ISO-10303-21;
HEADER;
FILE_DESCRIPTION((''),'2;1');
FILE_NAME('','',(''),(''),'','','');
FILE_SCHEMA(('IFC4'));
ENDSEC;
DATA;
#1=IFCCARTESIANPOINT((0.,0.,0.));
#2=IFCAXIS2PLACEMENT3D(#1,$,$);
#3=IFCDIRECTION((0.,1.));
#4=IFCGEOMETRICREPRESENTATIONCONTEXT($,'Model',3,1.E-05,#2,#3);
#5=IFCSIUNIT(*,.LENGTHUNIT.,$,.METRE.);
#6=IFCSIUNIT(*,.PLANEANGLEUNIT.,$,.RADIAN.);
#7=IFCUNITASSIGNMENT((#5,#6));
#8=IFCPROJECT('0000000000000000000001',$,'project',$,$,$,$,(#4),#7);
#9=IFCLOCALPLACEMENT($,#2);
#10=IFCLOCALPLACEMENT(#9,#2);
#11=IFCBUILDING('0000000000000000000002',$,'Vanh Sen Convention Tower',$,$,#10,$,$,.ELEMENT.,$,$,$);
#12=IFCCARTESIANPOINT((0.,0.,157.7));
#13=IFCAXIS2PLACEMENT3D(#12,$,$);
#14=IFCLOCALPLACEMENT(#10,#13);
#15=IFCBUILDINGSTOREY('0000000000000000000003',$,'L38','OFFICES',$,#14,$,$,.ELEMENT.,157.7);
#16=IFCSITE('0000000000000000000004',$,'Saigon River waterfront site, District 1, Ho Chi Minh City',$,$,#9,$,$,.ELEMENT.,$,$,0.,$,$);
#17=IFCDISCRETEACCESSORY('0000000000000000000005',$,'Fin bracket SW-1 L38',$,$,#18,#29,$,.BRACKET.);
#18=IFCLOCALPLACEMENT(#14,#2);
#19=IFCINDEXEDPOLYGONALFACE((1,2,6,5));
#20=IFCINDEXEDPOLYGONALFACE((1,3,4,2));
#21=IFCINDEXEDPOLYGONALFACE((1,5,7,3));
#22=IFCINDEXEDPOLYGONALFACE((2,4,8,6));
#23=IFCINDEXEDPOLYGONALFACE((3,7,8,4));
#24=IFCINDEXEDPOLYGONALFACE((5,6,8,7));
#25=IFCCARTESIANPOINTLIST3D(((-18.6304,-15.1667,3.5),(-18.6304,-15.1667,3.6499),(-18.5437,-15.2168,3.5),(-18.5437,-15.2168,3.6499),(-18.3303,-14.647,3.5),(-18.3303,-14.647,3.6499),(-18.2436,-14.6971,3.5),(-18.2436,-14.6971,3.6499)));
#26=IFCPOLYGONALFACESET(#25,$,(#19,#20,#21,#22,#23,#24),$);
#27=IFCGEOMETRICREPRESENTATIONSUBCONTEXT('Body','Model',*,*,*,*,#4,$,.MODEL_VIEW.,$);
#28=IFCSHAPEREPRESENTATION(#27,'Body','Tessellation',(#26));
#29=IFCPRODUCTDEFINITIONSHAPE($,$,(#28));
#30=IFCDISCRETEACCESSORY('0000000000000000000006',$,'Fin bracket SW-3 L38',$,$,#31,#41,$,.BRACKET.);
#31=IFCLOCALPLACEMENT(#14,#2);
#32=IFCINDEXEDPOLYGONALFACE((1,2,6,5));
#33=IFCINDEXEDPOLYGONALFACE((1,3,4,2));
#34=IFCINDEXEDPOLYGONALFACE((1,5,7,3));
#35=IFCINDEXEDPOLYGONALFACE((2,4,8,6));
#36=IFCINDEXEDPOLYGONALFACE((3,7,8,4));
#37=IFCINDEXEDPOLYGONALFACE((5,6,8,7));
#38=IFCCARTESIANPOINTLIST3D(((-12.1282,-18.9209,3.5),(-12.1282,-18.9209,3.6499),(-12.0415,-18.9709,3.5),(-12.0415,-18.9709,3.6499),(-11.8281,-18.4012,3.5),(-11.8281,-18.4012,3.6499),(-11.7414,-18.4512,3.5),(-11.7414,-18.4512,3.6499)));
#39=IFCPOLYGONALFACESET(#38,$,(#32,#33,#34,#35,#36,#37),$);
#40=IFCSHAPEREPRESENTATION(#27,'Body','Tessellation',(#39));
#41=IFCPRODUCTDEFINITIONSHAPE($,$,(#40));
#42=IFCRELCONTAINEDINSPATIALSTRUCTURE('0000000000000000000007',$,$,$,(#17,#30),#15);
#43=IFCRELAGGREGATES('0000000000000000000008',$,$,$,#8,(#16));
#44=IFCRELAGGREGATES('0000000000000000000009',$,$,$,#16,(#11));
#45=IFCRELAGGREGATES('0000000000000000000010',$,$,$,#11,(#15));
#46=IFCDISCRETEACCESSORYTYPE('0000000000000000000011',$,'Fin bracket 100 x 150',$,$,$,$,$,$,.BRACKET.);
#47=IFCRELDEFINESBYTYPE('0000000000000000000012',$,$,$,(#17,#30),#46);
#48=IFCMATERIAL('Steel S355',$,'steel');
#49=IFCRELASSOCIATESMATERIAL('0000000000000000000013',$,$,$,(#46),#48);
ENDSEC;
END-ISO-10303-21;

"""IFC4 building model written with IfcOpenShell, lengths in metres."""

from ifc_helpers import new_model, si_unit, direction, frame, origin, origin_2d, place, context, subcontext, project, spatial, rectangle, extrude, material, type_object, element, save


model = new_model("IFC4")

# Units and contexts
model_context = context("Model", 3, precision=1e-05, world=origin(), true_north=direction((0.0, 1.0)))
body_context = subcontext(model_context, "Body", "Model", "MODEL_VIEW")
ifc_project = project(units=[si_unit("LENGTHUNIT", "METRE"), si_unit("PLANEANGLEUNIT", "RADIAN")], contexts=[model_context])

# Site, building, storey
site_placement = place(None, origin())
site = spatial("IfcSite", under=ifc_project, at=site_placement, Name="Saigon River waterfront site, District 1, Ho Chi Minh City", CompositionType="ELEMENT", RefElevation=0.0)
building_placement = place(site_placement, origin())
building = spatial("IfcBuilding", under=site, at=building_placement, Name="Vanh Sen Convention Tower", CompositionType="ELEMENT")
storey_placement = place(building_placement, frame((0.0, 0.0, 157.7)))
storey = spatial("IfcBuildingStorey", under=building, at=storey_placement, Name="L38", Description="OFFICES", CompositionType="ELEMENT", Elevation=157.7)

# Discrete accessories
ifc_material_1 = material(Name="Steel S355", Category="steel")
discrete_accessory_type = type_object("IfcDiscreteAccessoryType", Name="Fin bracket 100 x 150", PredefinedType="BRACKET", material=ifc_material_1)
for number, where, z_axis, x_axis, name in (
    (1, (-18.437, -14.9319, 3.5), (0.0, 0.0, 1.0), (-0.5, -0.866025, 0.0), "Fin bracket SW-1 L38"),
    (2, (-11.9348, -18.686, 3.5), (0.0, 0.0, 1.0), (-0.5, -0.866025, 0.0), "Fin bracket SW-3 L38"),
):
    element("IfcDiscreteAccessory", number, at=place(storey_placement, frame(where, z_axis=z_axis, x_axis=x_axis)), inside=storey, type_object=discrete_accessory_type, Name=name, PredefinedType="BRACKET", context=body_context, shape_type="SweptSolid", body=[
        extrude(rectangle(XDim=0.6001, YDim=0.1001, at=origin_2d()), origin(), (0.0, 0.0, 1.0), 0.1499),
    ])

save(model, "model.ifc")
